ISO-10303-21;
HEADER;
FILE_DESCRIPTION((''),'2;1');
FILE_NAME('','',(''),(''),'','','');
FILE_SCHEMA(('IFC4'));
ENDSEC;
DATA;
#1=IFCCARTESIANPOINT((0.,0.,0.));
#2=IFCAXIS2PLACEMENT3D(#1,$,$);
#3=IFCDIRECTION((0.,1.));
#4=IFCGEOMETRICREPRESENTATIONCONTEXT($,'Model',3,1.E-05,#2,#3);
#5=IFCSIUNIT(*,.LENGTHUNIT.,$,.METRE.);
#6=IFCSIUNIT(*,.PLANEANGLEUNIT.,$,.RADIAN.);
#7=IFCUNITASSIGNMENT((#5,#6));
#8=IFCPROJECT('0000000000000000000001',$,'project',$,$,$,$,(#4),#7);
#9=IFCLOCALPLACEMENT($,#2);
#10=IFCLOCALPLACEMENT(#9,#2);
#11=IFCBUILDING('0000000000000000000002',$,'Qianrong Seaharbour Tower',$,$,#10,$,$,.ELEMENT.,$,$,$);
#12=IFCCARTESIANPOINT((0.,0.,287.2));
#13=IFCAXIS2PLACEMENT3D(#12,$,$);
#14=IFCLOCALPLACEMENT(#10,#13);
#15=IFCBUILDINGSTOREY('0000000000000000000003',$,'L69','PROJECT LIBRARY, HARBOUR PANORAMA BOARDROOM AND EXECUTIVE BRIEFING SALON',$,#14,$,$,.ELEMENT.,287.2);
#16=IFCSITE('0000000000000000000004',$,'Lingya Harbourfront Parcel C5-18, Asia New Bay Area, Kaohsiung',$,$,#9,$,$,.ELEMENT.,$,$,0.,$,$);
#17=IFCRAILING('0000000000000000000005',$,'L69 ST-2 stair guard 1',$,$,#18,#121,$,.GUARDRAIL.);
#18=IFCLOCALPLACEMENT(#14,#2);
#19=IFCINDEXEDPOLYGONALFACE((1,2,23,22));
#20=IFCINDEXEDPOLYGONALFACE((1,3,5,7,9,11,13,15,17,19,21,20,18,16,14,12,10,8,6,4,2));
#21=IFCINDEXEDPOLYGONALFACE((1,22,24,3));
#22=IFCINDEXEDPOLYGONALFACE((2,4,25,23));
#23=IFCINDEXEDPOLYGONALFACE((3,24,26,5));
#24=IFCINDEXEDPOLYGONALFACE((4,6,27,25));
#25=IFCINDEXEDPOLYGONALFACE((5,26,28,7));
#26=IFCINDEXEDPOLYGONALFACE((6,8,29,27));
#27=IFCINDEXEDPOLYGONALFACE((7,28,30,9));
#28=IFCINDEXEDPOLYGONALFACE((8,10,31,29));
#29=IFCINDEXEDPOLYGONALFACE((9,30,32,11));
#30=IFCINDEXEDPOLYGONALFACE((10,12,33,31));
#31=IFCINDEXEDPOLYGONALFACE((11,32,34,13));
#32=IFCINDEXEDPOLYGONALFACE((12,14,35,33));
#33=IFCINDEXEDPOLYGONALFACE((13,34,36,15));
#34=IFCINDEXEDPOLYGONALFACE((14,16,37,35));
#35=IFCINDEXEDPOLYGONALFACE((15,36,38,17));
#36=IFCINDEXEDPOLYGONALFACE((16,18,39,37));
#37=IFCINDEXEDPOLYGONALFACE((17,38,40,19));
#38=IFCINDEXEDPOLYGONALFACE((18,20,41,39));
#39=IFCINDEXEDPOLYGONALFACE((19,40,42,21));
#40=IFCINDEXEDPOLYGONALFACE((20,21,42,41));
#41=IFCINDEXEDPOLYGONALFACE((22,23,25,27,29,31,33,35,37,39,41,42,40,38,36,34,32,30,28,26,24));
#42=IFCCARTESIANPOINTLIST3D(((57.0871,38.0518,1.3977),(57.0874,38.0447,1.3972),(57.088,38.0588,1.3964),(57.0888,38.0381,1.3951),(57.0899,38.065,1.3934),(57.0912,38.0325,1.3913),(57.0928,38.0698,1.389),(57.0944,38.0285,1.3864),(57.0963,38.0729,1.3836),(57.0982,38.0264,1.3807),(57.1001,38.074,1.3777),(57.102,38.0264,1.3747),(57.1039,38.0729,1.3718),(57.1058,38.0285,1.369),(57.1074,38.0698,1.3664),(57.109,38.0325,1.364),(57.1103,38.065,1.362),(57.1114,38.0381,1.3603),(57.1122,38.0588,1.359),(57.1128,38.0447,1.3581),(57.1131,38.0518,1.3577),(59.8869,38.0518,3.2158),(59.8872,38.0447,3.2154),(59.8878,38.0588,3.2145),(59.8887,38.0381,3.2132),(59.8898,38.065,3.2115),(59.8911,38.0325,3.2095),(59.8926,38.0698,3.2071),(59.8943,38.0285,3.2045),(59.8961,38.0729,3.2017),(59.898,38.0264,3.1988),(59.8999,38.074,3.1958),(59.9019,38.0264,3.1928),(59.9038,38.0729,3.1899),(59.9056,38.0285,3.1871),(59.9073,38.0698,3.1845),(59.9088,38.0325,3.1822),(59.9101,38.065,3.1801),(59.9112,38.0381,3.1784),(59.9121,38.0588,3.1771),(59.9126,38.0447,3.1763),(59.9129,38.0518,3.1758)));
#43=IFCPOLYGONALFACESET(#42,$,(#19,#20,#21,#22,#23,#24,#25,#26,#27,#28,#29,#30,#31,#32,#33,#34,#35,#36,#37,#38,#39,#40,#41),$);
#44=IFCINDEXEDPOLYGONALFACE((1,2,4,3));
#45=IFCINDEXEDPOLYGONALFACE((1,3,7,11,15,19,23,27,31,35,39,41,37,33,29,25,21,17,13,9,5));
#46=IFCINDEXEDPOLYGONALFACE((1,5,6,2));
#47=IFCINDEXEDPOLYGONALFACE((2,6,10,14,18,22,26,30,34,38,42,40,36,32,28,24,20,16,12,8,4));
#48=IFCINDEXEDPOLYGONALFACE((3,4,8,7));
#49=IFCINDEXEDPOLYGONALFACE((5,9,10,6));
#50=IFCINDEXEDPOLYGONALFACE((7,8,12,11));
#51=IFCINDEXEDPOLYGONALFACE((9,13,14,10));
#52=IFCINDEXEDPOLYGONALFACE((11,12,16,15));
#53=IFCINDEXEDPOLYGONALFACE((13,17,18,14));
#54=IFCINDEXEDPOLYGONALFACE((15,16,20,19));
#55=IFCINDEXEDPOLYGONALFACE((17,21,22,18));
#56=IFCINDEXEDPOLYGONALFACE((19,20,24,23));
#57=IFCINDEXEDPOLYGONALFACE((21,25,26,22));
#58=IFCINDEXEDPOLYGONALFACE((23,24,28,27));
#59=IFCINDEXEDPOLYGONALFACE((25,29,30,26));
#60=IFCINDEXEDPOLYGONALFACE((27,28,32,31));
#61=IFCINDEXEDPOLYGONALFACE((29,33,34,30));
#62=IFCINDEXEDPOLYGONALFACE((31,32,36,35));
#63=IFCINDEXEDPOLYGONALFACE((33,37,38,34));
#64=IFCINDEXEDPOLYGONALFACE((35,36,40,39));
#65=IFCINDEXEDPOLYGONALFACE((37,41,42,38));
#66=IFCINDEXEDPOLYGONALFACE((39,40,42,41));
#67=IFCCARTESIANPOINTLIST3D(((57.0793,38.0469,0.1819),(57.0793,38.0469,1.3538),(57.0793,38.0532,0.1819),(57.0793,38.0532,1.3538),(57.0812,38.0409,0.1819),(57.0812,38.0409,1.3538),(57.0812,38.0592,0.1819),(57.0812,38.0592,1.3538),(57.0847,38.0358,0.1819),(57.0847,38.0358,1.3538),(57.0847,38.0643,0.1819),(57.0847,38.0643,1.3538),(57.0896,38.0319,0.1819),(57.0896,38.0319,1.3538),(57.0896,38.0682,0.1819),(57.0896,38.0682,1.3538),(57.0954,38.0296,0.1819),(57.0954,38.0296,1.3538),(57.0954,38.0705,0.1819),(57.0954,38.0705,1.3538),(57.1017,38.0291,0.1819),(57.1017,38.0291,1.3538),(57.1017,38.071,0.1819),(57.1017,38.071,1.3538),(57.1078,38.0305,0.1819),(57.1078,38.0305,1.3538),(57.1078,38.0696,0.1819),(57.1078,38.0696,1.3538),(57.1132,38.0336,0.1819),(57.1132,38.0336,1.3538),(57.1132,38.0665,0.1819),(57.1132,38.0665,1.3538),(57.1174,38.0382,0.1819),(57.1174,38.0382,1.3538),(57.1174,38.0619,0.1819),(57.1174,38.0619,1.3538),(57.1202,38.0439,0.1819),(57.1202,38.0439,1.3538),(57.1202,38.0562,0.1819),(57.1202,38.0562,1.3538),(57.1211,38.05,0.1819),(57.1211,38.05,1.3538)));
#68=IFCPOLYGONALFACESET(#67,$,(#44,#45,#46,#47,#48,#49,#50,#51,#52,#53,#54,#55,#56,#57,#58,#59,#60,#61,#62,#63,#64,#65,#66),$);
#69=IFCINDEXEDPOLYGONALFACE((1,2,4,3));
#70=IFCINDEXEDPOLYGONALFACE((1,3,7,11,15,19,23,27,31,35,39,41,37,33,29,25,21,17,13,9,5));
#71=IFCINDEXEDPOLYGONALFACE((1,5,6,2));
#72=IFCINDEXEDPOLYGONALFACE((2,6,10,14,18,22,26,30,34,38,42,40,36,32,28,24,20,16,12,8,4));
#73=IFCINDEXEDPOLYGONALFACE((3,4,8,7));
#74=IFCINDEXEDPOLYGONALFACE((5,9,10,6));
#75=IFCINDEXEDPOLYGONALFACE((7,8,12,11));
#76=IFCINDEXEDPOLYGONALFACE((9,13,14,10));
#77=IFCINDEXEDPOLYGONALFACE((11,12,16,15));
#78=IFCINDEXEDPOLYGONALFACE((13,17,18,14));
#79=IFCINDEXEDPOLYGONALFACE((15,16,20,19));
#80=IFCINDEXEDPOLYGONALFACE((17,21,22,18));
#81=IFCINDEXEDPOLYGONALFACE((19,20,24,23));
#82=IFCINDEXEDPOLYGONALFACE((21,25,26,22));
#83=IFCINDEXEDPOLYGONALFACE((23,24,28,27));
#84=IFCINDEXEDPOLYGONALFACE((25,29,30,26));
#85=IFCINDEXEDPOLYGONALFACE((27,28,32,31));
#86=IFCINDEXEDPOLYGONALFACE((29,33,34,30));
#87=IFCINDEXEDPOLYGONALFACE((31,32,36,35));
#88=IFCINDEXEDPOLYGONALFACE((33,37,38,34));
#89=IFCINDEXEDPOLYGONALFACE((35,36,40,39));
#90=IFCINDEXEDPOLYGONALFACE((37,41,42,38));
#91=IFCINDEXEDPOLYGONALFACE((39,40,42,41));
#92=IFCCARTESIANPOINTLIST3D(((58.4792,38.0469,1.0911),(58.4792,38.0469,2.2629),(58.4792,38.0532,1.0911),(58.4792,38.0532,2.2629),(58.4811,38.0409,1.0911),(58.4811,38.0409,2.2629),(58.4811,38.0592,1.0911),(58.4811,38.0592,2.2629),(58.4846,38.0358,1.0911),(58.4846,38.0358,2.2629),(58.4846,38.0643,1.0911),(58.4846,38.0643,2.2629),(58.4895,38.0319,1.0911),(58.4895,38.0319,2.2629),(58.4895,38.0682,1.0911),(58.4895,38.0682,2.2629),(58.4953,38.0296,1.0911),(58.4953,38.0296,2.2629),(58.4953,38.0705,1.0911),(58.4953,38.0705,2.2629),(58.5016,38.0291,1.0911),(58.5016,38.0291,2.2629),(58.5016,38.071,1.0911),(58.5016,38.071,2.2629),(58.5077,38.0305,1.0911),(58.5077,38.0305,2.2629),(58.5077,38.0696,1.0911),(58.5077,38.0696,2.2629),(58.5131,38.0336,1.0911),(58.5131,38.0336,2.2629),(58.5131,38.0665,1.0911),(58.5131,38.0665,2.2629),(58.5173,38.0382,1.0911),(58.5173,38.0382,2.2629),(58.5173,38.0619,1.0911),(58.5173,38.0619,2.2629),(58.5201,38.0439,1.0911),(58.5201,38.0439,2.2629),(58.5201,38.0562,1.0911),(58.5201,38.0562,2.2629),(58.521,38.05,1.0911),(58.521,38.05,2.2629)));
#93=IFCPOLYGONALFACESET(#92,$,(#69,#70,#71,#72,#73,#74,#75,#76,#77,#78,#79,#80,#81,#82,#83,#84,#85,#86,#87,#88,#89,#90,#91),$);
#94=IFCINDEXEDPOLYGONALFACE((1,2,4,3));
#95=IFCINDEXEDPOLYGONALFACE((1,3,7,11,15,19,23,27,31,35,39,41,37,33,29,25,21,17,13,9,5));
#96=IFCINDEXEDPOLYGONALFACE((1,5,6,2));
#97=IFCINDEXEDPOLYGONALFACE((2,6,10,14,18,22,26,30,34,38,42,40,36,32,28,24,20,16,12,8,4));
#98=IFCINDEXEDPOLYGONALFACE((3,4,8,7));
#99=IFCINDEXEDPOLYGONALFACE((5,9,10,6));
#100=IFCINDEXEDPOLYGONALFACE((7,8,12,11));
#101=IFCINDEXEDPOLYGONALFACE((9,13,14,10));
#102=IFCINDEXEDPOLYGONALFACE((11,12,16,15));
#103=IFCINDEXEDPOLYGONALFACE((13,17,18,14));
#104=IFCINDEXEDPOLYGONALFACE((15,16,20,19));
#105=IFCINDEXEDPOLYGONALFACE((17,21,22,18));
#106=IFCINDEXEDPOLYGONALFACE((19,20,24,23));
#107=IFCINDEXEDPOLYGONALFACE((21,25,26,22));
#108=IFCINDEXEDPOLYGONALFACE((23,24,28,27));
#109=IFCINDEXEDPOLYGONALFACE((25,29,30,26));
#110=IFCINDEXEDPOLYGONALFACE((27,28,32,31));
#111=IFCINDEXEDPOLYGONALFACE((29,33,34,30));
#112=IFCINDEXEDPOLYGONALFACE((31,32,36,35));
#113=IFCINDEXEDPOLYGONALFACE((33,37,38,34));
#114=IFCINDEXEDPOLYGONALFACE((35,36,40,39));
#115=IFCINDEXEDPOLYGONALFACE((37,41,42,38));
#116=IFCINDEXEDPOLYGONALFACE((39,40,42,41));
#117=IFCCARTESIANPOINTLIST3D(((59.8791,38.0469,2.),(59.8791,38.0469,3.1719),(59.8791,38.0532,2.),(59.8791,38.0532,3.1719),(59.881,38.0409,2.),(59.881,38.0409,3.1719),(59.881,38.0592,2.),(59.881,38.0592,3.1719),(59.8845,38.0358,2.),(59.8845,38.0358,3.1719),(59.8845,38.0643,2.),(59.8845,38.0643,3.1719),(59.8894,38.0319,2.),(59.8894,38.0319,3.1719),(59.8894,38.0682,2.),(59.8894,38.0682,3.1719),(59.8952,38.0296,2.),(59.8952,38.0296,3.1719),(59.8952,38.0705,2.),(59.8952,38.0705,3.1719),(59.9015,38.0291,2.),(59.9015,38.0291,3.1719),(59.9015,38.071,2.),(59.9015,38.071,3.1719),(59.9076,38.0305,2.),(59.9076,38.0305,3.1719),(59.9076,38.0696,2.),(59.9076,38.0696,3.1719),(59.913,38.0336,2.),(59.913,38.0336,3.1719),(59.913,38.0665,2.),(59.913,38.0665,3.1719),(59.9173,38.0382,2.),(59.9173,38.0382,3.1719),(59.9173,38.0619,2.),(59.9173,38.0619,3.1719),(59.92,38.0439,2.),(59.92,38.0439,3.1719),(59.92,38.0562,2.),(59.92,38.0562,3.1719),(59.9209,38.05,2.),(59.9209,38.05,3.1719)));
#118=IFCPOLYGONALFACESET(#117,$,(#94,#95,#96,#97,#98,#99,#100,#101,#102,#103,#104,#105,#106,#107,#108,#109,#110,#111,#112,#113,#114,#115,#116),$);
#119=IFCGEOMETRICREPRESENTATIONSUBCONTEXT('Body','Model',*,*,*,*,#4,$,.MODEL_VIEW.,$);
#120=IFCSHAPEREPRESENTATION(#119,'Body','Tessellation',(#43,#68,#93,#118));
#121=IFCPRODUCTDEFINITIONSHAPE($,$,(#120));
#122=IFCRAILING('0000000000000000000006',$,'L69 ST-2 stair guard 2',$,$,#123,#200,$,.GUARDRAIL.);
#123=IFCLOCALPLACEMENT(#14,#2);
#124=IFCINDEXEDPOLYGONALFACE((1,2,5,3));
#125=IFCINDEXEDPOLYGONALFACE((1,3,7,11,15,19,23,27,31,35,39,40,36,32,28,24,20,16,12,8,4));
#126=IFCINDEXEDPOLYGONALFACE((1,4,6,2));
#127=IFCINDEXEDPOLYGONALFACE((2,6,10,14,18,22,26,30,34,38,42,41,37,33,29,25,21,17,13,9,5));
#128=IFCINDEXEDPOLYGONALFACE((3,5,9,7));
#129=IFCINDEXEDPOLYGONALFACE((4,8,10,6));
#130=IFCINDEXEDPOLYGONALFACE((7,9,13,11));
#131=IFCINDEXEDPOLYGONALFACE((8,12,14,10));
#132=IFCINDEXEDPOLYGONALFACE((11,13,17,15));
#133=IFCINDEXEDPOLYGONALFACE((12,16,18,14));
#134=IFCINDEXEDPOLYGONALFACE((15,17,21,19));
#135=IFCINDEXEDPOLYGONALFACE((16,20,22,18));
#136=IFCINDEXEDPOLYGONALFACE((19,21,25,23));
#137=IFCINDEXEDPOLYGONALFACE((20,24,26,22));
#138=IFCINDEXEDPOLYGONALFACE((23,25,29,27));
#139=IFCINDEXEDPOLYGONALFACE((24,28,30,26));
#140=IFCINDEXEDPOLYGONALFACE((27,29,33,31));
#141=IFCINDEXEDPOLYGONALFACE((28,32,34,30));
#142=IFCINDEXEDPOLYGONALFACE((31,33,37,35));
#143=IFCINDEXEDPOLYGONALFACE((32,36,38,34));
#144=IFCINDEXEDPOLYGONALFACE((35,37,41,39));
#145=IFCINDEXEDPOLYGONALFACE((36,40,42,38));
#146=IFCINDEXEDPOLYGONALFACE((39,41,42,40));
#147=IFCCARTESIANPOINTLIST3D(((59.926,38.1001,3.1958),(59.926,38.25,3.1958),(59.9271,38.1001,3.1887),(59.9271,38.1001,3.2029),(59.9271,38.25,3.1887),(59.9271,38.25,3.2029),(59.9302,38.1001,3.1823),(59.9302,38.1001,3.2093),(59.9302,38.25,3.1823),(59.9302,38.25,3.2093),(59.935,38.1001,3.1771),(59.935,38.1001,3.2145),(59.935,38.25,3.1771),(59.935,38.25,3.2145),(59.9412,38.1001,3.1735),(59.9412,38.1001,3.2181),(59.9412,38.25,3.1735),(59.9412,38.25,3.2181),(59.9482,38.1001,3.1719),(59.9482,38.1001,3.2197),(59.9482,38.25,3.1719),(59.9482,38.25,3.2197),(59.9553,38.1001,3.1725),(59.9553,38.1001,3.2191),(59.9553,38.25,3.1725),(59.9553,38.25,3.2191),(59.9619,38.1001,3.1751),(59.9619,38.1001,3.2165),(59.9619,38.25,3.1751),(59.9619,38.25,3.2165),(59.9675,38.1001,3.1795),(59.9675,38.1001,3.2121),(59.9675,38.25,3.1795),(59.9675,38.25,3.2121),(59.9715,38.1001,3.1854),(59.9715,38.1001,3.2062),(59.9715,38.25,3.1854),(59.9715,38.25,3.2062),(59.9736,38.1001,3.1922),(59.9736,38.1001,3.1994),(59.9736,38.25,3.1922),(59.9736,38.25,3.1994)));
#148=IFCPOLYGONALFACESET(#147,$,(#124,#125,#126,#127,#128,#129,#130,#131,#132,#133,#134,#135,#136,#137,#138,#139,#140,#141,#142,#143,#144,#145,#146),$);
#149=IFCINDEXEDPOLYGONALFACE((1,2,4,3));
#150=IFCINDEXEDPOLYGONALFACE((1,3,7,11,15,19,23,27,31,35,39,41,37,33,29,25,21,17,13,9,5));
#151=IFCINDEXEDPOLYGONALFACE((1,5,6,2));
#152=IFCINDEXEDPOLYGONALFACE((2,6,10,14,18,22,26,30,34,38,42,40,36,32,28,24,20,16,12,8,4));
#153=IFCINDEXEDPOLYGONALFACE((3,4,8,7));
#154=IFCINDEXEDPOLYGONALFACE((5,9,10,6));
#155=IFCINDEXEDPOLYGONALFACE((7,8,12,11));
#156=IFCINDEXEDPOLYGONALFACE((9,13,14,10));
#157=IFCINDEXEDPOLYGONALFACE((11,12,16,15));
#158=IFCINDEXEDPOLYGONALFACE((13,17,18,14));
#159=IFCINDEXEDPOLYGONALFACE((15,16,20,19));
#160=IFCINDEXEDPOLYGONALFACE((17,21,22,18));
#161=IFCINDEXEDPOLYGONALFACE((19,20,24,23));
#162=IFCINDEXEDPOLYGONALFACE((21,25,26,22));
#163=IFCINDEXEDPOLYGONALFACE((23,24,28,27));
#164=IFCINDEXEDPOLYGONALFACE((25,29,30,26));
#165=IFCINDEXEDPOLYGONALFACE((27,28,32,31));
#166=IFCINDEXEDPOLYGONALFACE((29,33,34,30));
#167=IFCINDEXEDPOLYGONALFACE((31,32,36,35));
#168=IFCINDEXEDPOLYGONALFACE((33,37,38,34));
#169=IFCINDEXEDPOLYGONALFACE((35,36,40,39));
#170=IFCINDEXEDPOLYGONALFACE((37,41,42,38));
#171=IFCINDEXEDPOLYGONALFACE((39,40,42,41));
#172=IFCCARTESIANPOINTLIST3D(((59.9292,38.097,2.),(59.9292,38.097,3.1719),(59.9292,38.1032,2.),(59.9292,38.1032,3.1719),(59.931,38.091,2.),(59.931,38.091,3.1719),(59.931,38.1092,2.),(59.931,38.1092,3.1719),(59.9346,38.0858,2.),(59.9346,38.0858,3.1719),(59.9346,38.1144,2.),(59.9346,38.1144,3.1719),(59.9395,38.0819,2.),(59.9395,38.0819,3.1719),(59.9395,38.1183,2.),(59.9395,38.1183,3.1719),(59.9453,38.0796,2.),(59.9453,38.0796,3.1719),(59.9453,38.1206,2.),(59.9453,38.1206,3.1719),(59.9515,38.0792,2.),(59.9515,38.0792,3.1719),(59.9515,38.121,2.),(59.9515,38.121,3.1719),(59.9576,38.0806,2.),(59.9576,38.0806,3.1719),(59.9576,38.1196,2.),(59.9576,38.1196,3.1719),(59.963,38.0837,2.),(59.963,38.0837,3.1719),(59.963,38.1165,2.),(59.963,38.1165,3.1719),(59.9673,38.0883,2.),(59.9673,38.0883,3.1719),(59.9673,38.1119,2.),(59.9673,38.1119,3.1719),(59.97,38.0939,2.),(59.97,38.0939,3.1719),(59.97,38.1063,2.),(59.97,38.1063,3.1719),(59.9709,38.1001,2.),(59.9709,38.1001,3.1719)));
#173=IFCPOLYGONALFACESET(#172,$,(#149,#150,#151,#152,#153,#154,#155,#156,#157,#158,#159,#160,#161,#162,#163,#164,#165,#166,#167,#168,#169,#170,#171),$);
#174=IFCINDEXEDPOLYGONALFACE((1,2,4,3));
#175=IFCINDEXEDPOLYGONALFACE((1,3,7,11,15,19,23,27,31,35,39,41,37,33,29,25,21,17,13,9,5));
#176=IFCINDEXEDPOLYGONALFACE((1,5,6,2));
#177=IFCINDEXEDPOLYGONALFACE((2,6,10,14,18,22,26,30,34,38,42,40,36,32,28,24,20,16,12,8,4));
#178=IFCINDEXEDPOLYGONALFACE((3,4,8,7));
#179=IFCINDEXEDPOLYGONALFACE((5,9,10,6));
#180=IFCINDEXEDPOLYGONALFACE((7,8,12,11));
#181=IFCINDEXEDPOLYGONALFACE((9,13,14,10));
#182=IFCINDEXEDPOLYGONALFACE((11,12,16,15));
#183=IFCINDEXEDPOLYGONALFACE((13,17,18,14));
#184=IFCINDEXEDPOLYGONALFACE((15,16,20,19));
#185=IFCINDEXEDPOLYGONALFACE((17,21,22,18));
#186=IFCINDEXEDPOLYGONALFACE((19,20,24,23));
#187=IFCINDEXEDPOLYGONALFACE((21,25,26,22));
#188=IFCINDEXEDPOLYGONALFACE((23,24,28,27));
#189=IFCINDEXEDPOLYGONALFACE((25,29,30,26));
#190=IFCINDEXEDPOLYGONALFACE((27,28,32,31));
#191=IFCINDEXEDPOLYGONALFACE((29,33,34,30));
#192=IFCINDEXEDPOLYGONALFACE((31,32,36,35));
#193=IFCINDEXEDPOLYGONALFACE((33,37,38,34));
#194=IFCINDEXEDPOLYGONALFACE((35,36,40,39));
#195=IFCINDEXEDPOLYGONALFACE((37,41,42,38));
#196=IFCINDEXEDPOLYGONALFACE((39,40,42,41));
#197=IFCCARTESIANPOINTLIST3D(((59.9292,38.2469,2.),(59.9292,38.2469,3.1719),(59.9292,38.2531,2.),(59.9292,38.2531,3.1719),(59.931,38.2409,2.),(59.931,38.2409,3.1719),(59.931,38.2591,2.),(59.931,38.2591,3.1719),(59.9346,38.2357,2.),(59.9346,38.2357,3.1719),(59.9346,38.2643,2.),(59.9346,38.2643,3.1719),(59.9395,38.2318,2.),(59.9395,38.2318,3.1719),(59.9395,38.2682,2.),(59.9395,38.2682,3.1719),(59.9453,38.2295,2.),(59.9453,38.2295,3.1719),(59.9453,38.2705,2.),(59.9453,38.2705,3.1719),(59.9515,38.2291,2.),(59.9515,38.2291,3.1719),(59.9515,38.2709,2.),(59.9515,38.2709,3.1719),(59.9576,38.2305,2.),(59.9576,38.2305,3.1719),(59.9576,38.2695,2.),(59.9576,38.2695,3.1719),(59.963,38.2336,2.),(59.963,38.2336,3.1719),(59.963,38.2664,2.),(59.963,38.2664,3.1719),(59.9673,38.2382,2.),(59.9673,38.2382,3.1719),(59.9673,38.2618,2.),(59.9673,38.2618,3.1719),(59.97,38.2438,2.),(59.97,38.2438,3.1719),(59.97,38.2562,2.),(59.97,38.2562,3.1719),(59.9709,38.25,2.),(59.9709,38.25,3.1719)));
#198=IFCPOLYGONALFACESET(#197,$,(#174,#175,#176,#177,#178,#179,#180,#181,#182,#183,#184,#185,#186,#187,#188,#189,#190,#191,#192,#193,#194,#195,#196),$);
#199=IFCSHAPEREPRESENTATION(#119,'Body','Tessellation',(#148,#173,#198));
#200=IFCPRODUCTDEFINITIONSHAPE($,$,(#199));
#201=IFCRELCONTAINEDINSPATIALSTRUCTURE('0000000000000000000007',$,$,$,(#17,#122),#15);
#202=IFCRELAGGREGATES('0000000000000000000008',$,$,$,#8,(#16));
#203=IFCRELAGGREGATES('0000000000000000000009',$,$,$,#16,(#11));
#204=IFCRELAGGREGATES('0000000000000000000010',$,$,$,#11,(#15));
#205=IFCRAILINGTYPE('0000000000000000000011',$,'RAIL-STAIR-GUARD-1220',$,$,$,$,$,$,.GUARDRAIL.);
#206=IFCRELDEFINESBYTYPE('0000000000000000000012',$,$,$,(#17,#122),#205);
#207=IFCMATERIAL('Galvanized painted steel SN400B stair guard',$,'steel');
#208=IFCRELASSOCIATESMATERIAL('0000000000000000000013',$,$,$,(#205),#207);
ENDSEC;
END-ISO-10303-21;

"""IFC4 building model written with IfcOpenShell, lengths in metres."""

from ifc_helpers import new_model, si_unit, direction, frame, origin, origin_2d, place, context, subcontext, project, spatial, circle, extrude, material, type_object, element, save


model = new_model("IFC4")

# Units and contexts
model_context = context("Model", 3, precision=1e-05, world=origin(), true_north=direction((0.0, 1.0)))
body_context = subcontext(model_context, "Body", "Model", "MODEL_VIEW")
ifc_project = project(units=[si_unit("LENGTHUNIT", "METRE"), si_unit("PLANEANGLEUNIT", "RADIAN")], contexts=[model_context])

# Site, building, storey
site_placement = place(None, origin())
site = spatial("IfcSite", under=ifc_project, at=site_placement, Name="Lingya Harbourfront Parcel C5-18, Asia New Bay Area, Kaohsiung", CompositionType="ELEMENT", RefElevation=0.0)
building_placement = place(site_placement, origin())
building = spatial("IfcBuilding", under=site, at=building_placement, Name="Qianrong Seaharbour Tower", CompositionType="ELEMENT")
storey_placement = place(building_placement, frame((0.0, 0.0, 287.2)))
storey = spatial("IfcBuildingStorey", under=building, at=storey_placement, Name="L69", Description="PROJECT LIBRARY, HARBOUR PANORAMA BOARDROOM AND EXECUTIVE BRIEFING SALON", CompositionType="ELEMENT", Elevation=287.2)

# Railings
ifc_material_1 = material(Name="Galvanized painted steel SN400B stair guard", Category="steel")
railing_type_1 = type_object("IfcRailingType", Name="RAIL-STAIR-GUARD-1220", PredefinedType="GUARDRAIL", material=ifc_material_1)
railing_1_placement = place(storey_placement, frame((57.1001, 38.05, 0.1819)))
element("IfcRailing", 1, at=railing_1_placement, inside=storey, type_object=railing_type_1, Name="L69 ST-2 stair guard 1", PredefinedType="GUARDRAIL", context=body_context, shape_type="SweptSolid", body=[
    extrude(circle(Radius=0.0239, at=origin_2d()), frame((0.0, 0.0, 1.1958), z_axis=(0.838684, 0.0, 0.544618), x_axis=(0.0, 1.0, 0.0)), (0.0, 0.0, 1.0), 3.3384),
    extrude(circle(Radius=0.021, at=origin_2d()), origin(), (0.0, 0.0, 1.0), 1.1719),
    extrude(circle(Radius=0.021, at=origin_2d()), frame((1.3999, 0.0, 0.9092)), (0.0, 0.0, 1.0), 1.1719),
    extrude(circle(Radius=0.021, at=origin_2d()), frame((2.7998, 0.0, 1.8181)), (0.0, 0.0, 1.0), 1.1719),
])
railing_2_placement = place(storey_placement, frame((59.95, 38.1001, 2.0)))
element("IfcRailing", 2, at=railing_2_placement, inside=storey, type_object=railing_type_1, Name="L69 ST-2 stair guard 2", PredefinedType="GUARDRAIL", context=body_context, shape_type="SweptSolid", body=[
    extrude(circle(Radius=0.0239, at=origin_2d()), frame((0.0, 0.0, 1.1958), z_axis=(0.0, 1.0, 0.0), x_axis=(-1.0, 0.0, 0.0)), (0.0, 0.0, 1.0), 0.1499),
    extrude(circle(Radius=0.021, at=origin_2d()), origin(), (0.0, 0.0, 1.0), 1.1719),
    extrude(circle(Radius=0.021, at=origin_2d()), frame((0.0, 0.1499, 0.0)), (0.0, 0.0, 1.0), 1.1719),
])

save(model, "model.ifc")
